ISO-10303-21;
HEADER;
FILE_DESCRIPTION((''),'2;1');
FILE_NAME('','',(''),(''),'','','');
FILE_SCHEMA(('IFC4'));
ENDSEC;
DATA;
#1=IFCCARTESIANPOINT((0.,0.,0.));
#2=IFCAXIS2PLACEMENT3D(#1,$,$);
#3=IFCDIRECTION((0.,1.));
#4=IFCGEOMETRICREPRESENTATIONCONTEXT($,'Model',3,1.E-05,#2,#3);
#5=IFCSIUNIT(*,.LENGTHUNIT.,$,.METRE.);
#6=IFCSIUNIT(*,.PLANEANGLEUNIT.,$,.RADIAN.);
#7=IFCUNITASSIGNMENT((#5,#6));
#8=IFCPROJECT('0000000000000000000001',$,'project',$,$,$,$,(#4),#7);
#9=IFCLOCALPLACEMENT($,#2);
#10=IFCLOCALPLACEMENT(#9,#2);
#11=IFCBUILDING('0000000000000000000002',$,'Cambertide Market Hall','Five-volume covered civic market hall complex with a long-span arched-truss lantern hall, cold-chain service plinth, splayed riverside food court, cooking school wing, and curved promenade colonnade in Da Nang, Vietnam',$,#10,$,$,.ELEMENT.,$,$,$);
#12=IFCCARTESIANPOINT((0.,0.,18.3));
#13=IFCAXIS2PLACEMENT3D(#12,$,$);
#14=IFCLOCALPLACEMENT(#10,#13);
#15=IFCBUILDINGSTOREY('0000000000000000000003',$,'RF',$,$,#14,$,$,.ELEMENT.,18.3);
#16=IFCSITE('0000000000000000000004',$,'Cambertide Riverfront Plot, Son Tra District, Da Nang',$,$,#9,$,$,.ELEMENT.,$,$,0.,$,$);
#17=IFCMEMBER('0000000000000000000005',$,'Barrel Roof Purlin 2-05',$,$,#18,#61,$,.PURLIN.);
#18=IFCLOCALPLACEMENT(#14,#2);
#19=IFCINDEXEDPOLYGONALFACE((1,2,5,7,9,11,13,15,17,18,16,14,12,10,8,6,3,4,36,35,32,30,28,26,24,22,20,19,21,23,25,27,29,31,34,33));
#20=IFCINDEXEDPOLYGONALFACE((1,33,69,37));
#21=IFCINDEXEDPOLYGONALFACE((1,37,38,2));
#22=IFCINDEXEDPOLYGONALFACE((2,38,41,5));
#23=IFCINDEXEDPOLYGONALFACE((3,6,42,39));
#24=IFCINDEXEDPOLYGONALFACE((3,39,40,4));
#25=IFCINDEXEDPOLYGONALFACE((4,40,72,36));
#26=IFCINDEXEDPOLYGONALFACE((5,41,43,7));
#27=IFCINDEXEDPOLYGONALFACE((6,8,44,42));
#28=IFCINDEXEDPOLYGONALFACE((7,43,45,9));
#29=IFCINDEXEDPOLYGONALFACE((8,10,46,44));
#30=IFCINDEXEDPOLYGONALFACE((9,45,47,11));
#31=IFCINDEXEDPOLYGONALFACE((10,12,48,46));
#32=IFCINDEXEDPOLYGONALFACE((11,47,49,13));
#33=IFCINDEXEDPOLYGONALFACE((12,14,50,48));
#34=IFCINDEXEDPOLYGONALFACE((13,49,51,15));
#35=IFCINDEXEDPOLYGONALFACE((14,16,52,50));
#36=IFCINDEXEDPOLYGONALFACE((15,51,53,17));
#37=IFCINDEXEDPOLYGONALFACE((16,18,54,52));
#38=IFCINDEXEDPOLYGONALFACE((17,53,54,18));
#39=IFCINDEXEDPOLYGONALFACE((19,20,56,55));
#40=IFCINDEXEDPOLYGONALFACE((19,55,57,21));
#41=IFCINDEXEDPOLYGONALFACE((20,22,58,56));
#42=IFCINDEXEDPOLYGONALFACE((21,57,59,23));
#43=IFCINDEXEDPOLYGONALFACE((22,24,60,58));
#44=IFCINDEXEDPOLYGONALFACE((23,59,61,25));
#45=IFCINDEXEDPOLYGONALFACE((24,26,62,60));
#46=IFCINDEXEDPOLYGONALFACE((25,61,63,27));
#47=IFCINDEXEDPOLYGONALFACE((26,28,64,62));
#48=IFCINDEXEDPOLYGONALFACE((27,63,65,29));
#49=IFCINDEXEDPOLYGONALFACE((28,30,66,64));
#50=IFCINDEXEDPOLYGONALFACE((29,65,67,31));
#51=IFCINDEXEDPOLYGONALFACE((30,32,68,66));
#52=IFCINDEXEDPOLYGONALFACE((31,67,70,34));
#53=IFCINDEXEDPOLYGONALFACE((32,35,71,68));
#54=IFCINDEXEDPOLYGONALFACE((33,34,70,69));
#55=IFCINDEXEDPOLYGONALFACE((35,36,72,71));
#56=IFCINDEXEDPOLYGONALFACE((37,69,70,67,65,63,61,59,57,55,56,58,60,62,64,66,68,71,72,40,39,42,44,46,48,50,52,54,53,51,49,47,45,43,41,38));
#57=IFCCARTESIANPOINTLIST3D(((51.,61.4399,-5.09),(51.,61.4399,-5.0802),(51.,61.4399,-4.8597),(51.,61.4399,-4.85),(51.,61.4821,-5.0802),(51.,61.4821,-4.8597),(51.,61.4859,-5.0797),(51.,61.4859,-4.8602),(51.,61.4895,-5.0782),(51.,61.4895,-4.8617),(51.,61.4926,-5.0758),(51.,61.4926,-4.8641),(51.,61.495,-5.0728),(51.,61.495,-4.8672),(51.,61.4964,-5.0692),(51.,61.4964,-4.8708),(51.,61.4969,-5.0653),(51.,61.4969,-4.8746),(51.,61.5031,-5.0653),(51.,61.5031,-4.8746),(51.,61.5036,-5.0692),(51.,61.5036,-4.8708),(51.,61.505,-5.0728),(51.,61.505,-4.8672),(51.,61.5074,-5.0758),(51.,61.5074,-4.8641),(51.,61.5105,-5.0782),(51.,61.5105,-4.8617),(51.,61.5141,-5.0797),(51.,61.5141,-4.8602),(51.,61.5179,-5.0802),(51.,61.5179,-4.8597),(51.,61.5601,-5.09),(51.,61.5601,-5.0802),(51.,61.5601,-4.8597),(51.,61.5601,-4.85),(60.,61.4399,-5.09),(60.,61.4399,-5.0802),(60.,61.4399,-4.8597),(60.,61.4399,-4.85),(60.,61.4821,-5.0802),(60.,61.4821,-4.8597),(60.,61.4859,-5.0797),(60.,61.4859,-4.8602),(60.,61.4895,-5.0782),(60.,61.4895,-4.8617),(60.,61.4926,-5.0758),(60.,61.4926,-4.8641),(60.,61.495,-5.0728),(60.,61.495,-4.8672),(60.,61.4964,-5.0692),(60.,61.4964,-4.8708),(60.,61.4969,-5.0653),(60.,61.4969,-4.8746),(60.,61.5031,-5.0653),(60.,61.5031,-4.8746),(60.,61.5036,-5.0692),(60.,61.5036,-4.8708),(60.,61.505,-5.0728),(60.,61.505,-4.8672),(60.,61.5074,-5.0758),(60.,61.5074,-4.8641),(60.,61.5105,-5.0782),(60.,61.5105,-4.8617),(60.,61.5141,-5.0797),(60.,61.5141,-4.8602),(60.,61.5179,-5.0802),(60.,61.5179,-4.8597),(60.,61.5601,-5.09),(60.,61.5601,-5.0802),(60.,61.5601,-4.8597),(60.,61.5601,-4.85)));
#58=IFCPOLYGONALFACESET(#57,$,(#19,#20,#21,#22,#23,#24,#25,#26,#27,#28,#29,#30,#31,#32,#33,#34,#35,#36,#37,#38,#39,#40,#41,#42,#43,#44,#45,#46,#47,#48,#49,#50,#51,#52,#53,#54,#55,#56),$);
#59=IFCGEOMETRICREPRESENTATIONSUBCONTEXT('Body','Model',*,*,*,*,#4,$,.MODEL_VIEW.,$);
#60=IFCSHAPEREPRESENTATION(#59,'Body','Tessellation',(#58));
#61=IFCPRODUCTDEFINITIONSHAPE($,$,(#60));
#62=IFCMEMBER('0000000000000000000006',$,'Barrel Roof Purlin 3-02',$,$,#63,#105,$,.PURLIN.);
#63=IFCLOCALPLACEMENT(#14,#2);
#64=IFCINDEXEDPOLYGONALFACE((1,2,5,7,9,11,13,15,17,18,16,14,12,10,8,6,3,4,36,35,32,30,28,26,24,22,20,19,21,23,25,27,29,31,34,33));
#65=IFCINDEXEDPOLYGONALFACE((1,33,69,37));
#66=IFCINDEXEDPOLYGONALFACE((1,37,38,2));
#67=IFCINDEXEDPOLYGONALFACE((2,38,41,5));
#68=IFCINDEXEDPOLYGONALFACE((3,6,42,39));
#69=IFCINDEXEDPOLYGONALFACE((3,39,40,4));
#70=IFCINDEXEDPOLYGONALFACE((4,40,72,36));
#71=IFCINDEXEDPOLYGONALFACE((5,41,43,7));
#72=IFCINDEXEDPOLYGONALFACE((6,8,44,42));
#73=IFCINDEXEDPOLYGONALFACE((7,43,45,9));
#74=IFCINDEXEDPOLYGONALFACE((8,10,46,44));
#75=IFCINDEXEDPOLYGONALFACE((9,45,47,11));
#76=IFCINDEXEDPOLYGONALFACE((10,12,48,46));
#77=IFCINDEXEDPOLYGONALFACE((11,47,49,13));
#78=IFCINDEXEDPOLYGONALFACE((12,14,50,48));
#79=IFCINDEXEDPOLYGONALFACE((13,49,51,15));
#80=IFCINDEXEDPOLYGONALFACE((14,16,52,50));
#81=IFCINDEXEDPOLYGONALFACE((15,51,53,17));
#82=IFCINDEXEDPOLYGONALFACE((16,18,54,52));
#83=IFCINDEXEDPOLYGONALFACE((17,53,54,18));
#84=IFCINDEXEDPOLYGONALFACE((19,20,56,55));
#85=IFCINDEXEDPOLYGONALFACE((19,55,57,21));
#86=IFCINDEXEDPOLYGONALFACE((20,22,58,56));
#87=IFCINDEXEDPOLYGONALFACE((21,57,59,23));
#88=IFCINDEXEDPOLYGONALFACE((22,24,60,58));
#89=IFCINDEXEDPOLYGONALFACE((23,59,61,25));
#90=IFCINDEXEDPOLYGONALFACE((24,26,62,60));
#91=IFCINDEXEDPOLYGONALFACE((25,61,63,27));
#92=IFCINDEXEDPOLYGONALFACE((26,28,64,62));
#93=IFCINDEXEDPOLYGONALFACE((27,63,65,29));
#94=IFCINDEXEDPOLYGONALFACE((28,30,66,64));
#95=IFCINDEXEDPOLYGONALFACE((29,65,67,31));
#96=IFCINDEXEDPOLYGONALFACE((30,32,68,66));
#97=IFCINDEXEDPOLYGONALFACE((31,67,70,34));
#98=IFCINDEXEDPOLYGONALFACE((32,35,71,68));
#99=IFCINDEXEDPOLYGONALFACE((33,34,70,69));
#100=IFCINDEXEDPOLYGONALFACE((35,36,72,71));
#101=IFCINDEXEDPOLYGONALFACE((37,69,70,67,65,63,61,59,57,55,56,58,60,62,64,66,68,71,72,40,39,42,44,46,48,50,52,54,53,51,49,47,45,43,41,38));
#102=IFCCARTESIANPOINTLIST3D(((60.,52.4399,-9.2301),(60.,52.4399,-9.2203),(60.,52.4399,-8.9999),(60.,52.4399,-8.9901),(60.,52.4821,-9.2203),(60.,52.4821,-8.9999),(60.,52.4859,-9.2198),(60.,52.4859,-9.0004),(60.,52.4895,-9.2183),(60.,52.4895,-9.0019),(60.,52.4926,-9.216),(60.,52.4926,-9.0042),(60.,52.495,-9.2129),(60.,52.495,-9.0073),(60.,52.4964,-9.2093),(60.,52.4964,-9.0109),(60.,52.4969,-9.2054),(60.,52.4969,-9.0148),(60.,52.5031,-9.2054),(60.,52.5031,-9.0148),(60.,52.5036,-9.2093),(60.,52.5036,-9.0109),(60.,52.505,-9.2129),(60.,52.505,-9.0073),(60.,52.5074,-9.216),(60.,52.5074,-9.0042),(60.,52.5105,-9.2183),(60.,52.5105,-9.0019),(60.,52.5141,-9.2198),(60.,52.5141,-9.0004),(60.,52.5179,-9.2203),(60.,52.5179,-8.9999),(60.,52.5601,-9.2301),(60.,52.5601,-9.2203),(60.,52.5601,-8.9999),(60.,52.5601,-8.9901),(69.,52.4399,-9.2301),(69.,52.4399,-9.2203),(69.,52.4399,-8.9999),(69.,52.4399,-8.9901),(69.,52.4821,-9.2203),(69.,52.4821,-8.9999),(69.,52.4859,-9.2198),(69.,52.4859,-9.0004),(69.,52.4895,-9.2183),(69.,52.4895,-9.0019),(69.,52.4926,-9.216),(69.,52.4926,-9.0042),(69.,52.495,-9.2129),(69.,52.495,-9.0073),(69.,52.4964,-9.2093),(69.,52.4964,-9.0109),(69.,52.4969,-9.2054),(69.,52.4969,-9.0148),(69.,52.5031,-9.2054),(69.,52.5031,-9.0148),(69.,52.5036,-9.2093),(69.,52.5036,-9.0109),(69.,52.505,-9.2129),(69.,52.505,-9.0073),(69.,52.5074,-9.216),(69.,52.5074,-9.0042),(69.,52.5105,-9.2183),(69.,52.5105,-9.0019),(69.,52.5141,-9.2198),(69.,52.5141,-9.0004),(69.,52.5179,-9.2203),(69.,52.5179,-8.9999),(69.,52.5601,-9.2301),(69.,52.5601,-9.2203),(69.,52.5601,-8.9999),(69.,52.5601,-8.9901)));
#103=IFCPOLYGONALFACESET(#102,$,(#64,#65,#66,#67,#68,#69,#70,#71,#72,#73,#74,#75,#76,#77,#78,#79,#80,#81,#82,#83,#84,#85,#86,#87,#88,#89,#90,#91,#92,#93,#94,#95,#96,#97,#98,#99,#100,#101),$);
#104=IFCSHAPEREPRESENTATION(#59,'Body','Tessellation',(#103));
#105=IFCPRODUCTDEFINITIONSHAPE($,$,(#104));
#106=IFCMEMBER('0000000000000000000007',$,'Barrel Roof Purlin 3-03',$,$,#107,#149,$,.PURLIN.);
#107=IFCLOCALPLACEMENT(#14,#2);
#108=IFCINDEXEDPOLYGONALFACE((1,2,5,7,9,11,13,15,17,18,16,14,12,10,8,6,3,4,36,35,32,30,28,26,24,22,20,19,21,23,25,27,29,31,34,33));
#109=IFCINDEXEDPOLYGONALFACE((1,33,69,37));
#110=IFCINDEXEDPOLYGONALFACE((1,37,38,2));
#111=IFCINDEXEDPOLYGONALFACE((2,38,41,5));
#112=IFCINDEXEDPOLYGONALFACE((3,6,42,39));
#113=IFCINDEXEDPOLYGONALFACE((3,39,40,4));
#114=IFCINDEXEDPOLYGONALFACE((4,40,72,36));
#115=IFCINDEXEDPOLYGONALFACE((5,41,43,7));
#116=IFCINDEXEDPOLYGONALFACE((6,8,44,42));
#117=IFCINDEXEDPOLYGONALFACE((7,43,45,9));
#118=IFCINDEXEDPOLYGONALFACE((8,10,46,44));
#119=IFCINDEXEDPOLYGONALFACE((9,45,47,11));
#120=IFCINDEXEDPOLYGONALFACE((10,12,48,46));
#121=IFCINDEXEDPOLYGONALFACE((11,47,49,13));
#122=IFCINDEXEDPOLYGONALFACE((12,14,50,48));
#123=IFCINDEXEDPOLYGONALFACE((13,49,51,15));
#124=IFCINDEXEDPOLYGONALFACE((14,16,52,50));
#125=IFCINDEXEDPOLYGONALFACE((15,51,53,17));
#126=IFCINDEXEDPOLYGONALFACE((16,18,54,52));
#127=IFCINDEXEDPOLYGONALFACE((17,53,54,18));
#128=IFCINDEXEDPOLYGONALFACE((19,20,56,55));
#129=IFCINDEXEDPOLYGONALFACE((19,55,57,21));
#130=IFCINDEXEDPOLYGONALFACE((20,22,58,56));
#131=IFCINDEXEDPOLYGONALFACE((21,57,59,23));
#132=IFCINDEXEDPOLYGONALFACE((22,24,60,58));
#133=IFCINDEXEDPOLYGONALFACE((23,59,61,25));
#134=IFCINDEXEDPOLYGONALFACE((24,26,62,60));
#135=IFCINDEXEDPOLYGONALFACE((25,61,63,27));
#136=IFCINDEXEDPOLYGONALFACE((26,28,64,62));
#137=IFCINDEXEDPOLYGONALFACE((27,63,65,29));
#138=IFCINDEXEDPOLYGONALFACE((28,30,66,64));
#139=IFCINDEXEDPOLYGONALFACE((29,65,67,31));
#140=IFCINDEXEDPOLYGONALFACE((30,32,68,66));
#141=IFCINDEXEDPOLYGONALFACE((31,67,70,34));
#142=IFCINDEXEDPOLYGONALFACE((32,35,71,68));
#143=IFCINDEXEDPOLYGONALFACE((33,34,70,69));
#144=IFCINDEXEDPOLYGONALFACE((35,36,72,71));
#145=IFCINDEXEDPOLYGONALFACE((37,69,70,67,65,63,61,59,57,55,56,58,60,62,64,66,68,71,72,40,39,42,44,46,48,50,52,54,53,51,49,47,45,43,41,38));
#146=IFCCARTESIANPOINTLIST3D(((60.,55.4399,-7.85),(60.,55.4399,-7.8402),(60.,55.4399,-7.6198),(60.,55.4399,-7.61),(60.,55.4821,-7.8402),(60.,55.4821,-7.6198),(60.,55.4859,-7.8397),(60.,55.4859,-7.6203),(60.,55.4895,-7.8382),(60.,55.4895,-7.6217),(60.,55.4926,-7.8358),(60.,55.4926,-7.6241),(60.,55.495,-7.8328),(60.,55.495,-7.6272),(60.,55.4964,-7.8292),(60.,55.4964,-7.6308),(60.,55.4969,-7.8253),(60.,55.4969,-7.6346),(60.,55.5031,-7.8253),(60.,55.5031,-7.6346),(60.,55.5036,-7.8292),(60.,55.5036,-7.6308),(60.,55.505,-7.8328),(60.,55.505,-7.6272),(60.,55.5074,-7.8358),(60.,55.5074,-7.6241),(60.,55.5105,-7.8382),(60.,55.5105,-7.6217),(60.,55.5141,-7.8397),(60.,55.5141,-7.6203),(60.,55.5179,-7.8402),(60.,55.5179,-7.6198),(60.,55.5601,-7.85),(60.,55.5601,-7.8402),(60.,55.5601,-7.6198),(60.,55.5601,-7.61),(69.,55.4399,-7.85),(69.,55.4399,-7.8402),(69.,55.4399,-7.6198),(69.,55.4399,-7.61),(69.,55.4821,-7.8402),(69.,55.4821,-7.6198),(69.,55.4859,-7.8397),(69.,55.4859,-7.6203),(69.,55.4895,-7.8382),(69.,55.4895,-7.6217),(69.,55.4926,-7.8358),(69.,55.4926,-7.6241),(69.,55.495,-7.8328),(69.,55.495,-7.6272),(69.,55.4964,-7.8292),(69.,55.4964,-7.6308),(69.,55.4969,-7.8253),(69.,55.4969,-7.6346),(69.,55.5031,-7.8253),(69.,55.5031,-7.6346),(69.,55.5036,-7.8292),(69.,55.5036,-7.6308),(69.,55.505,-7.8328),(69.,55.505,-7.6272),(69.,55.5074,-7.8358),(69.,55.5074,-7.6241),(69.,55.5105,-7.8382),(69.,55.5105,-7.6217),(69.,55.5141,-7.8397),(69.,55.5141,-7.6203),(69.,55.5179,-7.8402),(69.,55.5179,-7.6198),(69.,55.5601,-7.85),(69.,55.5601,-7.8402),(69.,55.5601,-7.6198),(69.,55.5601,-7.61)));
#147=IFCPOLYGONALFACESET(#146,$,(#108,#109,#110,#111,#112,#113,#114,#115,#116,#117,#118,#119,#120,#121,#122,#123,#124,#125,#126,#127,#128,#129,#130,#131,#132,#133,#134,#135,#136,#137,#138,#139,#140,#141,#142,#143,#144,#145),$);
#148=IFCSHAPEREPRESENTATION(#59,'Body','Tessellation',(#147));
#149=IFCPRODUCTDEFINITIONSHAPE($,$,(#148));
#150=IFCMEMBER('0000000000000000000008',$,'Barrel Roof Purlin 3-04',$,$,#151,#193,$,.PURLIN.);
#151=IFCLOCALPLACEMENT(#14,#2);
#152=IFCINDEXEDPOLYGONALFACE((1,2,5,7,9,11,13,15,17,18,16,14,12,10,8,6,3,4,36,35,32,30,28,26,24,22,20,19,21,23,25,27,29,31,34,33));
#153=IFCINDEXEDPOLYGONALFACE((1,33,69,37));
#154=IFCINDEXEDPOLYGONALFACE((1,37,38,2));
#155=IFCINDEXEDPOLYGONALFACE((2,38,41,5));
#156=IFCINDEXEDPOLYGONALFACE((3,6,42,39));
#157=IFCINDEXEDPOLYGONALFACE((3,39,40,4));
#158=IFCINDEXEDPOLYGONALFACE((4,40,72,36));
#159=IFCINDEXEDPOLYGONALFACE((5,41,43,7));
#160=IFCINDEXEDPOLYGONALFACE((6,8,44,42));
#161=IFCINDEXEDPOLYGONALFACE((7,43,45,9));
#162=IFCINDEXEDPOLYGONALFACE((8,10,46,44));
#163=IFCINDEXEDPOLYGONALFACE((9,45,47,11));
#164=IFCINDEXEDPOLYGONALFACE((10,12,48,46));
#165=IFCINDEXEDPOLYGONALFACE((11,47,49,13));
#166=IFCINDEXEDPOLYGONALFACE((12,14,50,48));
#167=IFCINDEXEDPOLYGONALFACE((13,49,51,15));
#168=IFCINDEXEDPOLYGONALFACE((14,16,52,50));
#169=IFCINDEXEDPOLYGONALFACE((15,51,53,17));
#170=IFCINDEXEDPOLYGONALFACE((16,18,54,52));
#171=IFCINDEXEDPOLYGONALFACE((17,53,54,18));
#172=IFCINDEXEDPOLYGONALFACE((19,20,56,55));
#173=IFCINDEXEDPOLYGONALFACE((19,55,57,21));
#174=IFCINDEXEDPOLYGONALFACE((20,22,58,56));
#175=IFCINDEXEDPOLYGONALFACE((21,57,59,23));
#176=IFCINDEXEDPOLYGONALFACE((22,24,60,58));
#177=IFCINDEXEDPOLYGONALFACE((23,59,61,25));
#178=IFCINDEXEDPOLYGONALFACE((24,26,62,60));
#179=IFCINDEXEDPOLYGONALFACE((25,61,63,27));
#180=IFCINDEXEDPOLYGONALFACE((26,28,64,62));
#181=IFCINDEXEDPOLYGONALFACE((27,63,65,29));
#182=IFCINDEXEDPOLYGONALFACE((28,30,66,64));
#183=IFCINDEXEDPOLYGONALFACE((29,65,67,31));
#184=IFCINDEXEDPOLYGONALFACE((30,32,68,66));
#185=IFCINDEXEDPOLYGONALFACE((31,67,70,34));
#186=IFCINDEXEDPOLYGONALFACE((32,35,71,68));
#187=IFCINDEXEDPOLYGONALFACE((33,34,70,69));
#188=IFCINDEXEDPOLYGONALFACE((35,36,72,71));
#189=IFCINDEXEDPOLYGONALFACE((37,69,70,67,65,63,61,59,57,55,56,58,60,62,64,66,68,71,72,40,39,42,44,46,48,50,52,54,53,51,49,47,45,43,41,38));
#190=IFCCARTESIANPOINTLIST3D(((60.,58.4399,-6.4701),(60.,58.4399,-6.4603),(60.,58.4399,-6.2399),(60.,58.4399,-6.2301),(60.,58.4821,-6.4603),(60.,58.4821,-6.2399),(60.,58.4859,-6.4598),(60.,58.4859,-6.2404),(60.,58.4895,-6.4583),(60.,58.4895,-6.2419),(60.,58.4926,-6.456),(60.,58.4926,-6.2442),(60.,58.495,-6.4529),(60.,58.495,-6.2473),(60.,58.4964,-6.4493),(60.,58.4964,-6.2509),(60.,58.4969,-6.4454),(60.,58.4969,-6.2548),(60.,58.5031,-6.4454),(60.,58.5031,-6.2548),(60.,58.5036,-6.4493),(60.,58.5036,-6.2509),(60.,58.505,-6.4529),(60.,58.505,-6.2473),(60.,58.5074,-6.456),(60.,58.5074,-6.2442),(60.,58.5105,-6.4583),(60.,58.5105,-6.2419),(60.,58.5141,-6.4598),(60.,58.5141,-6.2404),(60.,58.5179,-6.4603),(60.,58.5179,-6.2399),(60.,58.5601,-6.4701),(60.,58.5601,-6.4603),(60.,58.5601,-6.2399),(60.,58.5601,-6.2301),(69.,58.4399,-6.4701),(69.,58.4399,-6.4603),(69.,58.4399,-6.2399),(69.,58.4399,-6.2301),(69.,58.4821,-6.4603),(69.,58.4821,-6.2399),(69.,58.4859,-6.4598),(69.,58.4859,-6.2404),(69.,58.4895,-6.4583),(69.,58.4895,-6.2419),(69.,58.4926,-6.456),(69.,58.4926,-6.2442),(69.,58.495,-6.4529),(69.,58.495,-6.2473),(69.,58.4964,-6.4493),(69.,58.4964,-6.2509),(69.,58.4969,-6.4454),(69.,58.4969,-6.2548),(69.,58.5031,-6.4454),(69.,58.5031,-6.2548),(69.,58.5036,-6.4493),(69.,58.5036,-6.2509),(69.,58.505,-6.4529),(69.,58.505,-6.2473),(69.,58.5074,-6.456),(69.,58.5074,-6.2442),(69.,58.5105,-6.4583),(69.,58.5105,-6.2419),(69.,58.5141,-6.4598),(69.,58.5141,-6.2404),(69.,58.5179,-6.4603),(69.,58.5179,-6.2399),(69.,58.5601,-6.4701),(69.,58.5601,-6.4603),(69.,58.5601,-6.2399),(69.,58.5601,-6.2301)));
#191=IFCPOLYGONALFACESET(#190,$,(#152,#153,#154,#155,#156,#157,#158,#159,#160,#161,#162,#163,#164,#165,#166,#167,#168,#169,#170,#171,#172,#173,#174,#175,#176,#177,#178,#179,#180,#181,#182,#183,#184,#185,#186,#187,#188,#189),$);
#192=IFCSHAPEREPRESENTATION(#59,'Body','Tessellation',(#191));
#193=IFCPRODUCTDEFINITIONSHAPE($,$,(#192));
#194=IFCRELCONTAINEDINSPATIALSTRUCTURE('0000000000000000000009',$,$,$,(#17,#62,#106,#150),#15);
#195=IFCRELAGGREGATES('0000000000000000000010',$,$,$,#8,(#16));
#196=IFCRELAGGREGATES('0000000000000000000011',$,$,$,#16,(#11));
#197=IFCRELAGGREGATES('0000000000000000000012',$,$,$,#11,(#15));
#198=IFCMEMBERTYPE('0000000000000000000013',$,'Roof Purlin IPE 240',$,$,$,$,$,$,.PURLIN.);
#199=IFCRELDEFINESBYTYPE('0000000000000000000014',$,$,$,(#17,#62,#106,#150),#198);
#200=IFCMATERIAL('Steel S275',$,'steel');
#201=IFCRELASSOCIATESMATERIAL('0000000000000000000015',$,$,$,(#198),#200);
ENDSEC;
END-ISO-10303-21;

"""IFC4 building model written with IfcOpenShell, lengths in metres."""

from ifc_helpers import new_model, si_unit, direction, frame, origin, origin_2d, place, context, subcontext, project, spatial, i_section, extrude, material, material_profile, profile_set, type_object, element, save


model = new_model("IFC4")

# Units and contexts
model_context = context("Model", 3, precision=1e-05, world=origin(), true_north=direction((0.0, 1.0)))
body_context = subcontext(model_context, "Body", "Model", "MODEL_VIEW")
ifc_project = project(units=[si_unit("LENGTHUNIT", "METRE"), si_unit("PLANEANGLEUNIT", "RADIAN")], contexts=[model_context])

# Site, building, storey
site_placement = place(None, origin())
site = spatial("IfcSite", under=ifc_project, at=site_placement, Name="Cambertide Riverfront Plot, Son Tra District, Da Nang", CompositionType="ELEMENT", RefElevation=0.0)
building_placement = place(site_placement, origin())
building = spatial("IfcBuilding", under=site, at=building_placement, Name="Cambertide Market Hall", Description="Five-volume covered civic market hall complex with a long-span arched-truss lantern hall, cold-chain service plinth, splayed riverside food court, cooking school wing, and curved promenade colonnade in Da Nang, Vietnam", CompositionType="ELEMENT")
storey_placement = place(building_placement, frame((0.0, 0.0, 18.3)))
storey = spatial("IfcBuildingStorey", under=building, at=storey_placement, Name="RF", CompositionType="ELEMENT", Elevation=18.3)

# Members
ifc_material_1 = material(Name="Steel S275", Category="steel")
ifc_material_profile_1 = material_profile(ifc_material_1, i_section(OverallWidth=0.1201, OverallDepth=0.24, WebThickness=0.0061, FlangeThickness=0.0098, FilletRadius=0.0149, at=origin_2d()), Name="IPE 240")
ifc_profile_set_1 = profile_set([ifc_material_profile_1], Name="Steel S275")
member_type_1 = type_object("IfcMemberType", Name="Roof Purlin IPE 240", PredefinedType="PURLIN", material=ifc_profile_set_1)
for number, where, z_axis, x_axis, name in (
    (1, (51.0, 61.5, -4.97), (1.0, 0.0, 0.0), (0.0, 1.0, 0.0), "Barrel Roof Purlin 2-05"),
    (2, (60.0, 52.5, -9.1101), (1.0, 0.0, 0.0), (0.0, 1.0, 0.0), "Barrel Roof Purlin 3-02"),
    (3, (60.0, 55.5, -7.73), (1.0, 0.0, 0.0), (0.0, 1.0, 0.0), "Barrel Roof Purlin 3-03"),
    (4, (60.0, 58.5, -6.3501), (1.0, 0.0, 0.0), (0.0, 1.0, 0.0), "Barrel Roof Purlin 3-04"),
):
    element("IfcMember", number, at=place(storey_placement, frame(where, z_axis=z_axis, x_axis=x_axis)), inside=storey, type_object=member_type_1, Name=name, PredefinedType="PURLIN", context=body_context, shape_type="SweptSolid", body=[
        extrude(i_section(OverallWidth=0.1201, OverallDepth=0.24, WebThickness=0.0061, FlangeThickness=0.0098, FilletRadius=0.0149, at=origin_2d()), origin(), (0.0, 0.0, 1.0), 9.0),
    ])

save(model, "model.ifc")
